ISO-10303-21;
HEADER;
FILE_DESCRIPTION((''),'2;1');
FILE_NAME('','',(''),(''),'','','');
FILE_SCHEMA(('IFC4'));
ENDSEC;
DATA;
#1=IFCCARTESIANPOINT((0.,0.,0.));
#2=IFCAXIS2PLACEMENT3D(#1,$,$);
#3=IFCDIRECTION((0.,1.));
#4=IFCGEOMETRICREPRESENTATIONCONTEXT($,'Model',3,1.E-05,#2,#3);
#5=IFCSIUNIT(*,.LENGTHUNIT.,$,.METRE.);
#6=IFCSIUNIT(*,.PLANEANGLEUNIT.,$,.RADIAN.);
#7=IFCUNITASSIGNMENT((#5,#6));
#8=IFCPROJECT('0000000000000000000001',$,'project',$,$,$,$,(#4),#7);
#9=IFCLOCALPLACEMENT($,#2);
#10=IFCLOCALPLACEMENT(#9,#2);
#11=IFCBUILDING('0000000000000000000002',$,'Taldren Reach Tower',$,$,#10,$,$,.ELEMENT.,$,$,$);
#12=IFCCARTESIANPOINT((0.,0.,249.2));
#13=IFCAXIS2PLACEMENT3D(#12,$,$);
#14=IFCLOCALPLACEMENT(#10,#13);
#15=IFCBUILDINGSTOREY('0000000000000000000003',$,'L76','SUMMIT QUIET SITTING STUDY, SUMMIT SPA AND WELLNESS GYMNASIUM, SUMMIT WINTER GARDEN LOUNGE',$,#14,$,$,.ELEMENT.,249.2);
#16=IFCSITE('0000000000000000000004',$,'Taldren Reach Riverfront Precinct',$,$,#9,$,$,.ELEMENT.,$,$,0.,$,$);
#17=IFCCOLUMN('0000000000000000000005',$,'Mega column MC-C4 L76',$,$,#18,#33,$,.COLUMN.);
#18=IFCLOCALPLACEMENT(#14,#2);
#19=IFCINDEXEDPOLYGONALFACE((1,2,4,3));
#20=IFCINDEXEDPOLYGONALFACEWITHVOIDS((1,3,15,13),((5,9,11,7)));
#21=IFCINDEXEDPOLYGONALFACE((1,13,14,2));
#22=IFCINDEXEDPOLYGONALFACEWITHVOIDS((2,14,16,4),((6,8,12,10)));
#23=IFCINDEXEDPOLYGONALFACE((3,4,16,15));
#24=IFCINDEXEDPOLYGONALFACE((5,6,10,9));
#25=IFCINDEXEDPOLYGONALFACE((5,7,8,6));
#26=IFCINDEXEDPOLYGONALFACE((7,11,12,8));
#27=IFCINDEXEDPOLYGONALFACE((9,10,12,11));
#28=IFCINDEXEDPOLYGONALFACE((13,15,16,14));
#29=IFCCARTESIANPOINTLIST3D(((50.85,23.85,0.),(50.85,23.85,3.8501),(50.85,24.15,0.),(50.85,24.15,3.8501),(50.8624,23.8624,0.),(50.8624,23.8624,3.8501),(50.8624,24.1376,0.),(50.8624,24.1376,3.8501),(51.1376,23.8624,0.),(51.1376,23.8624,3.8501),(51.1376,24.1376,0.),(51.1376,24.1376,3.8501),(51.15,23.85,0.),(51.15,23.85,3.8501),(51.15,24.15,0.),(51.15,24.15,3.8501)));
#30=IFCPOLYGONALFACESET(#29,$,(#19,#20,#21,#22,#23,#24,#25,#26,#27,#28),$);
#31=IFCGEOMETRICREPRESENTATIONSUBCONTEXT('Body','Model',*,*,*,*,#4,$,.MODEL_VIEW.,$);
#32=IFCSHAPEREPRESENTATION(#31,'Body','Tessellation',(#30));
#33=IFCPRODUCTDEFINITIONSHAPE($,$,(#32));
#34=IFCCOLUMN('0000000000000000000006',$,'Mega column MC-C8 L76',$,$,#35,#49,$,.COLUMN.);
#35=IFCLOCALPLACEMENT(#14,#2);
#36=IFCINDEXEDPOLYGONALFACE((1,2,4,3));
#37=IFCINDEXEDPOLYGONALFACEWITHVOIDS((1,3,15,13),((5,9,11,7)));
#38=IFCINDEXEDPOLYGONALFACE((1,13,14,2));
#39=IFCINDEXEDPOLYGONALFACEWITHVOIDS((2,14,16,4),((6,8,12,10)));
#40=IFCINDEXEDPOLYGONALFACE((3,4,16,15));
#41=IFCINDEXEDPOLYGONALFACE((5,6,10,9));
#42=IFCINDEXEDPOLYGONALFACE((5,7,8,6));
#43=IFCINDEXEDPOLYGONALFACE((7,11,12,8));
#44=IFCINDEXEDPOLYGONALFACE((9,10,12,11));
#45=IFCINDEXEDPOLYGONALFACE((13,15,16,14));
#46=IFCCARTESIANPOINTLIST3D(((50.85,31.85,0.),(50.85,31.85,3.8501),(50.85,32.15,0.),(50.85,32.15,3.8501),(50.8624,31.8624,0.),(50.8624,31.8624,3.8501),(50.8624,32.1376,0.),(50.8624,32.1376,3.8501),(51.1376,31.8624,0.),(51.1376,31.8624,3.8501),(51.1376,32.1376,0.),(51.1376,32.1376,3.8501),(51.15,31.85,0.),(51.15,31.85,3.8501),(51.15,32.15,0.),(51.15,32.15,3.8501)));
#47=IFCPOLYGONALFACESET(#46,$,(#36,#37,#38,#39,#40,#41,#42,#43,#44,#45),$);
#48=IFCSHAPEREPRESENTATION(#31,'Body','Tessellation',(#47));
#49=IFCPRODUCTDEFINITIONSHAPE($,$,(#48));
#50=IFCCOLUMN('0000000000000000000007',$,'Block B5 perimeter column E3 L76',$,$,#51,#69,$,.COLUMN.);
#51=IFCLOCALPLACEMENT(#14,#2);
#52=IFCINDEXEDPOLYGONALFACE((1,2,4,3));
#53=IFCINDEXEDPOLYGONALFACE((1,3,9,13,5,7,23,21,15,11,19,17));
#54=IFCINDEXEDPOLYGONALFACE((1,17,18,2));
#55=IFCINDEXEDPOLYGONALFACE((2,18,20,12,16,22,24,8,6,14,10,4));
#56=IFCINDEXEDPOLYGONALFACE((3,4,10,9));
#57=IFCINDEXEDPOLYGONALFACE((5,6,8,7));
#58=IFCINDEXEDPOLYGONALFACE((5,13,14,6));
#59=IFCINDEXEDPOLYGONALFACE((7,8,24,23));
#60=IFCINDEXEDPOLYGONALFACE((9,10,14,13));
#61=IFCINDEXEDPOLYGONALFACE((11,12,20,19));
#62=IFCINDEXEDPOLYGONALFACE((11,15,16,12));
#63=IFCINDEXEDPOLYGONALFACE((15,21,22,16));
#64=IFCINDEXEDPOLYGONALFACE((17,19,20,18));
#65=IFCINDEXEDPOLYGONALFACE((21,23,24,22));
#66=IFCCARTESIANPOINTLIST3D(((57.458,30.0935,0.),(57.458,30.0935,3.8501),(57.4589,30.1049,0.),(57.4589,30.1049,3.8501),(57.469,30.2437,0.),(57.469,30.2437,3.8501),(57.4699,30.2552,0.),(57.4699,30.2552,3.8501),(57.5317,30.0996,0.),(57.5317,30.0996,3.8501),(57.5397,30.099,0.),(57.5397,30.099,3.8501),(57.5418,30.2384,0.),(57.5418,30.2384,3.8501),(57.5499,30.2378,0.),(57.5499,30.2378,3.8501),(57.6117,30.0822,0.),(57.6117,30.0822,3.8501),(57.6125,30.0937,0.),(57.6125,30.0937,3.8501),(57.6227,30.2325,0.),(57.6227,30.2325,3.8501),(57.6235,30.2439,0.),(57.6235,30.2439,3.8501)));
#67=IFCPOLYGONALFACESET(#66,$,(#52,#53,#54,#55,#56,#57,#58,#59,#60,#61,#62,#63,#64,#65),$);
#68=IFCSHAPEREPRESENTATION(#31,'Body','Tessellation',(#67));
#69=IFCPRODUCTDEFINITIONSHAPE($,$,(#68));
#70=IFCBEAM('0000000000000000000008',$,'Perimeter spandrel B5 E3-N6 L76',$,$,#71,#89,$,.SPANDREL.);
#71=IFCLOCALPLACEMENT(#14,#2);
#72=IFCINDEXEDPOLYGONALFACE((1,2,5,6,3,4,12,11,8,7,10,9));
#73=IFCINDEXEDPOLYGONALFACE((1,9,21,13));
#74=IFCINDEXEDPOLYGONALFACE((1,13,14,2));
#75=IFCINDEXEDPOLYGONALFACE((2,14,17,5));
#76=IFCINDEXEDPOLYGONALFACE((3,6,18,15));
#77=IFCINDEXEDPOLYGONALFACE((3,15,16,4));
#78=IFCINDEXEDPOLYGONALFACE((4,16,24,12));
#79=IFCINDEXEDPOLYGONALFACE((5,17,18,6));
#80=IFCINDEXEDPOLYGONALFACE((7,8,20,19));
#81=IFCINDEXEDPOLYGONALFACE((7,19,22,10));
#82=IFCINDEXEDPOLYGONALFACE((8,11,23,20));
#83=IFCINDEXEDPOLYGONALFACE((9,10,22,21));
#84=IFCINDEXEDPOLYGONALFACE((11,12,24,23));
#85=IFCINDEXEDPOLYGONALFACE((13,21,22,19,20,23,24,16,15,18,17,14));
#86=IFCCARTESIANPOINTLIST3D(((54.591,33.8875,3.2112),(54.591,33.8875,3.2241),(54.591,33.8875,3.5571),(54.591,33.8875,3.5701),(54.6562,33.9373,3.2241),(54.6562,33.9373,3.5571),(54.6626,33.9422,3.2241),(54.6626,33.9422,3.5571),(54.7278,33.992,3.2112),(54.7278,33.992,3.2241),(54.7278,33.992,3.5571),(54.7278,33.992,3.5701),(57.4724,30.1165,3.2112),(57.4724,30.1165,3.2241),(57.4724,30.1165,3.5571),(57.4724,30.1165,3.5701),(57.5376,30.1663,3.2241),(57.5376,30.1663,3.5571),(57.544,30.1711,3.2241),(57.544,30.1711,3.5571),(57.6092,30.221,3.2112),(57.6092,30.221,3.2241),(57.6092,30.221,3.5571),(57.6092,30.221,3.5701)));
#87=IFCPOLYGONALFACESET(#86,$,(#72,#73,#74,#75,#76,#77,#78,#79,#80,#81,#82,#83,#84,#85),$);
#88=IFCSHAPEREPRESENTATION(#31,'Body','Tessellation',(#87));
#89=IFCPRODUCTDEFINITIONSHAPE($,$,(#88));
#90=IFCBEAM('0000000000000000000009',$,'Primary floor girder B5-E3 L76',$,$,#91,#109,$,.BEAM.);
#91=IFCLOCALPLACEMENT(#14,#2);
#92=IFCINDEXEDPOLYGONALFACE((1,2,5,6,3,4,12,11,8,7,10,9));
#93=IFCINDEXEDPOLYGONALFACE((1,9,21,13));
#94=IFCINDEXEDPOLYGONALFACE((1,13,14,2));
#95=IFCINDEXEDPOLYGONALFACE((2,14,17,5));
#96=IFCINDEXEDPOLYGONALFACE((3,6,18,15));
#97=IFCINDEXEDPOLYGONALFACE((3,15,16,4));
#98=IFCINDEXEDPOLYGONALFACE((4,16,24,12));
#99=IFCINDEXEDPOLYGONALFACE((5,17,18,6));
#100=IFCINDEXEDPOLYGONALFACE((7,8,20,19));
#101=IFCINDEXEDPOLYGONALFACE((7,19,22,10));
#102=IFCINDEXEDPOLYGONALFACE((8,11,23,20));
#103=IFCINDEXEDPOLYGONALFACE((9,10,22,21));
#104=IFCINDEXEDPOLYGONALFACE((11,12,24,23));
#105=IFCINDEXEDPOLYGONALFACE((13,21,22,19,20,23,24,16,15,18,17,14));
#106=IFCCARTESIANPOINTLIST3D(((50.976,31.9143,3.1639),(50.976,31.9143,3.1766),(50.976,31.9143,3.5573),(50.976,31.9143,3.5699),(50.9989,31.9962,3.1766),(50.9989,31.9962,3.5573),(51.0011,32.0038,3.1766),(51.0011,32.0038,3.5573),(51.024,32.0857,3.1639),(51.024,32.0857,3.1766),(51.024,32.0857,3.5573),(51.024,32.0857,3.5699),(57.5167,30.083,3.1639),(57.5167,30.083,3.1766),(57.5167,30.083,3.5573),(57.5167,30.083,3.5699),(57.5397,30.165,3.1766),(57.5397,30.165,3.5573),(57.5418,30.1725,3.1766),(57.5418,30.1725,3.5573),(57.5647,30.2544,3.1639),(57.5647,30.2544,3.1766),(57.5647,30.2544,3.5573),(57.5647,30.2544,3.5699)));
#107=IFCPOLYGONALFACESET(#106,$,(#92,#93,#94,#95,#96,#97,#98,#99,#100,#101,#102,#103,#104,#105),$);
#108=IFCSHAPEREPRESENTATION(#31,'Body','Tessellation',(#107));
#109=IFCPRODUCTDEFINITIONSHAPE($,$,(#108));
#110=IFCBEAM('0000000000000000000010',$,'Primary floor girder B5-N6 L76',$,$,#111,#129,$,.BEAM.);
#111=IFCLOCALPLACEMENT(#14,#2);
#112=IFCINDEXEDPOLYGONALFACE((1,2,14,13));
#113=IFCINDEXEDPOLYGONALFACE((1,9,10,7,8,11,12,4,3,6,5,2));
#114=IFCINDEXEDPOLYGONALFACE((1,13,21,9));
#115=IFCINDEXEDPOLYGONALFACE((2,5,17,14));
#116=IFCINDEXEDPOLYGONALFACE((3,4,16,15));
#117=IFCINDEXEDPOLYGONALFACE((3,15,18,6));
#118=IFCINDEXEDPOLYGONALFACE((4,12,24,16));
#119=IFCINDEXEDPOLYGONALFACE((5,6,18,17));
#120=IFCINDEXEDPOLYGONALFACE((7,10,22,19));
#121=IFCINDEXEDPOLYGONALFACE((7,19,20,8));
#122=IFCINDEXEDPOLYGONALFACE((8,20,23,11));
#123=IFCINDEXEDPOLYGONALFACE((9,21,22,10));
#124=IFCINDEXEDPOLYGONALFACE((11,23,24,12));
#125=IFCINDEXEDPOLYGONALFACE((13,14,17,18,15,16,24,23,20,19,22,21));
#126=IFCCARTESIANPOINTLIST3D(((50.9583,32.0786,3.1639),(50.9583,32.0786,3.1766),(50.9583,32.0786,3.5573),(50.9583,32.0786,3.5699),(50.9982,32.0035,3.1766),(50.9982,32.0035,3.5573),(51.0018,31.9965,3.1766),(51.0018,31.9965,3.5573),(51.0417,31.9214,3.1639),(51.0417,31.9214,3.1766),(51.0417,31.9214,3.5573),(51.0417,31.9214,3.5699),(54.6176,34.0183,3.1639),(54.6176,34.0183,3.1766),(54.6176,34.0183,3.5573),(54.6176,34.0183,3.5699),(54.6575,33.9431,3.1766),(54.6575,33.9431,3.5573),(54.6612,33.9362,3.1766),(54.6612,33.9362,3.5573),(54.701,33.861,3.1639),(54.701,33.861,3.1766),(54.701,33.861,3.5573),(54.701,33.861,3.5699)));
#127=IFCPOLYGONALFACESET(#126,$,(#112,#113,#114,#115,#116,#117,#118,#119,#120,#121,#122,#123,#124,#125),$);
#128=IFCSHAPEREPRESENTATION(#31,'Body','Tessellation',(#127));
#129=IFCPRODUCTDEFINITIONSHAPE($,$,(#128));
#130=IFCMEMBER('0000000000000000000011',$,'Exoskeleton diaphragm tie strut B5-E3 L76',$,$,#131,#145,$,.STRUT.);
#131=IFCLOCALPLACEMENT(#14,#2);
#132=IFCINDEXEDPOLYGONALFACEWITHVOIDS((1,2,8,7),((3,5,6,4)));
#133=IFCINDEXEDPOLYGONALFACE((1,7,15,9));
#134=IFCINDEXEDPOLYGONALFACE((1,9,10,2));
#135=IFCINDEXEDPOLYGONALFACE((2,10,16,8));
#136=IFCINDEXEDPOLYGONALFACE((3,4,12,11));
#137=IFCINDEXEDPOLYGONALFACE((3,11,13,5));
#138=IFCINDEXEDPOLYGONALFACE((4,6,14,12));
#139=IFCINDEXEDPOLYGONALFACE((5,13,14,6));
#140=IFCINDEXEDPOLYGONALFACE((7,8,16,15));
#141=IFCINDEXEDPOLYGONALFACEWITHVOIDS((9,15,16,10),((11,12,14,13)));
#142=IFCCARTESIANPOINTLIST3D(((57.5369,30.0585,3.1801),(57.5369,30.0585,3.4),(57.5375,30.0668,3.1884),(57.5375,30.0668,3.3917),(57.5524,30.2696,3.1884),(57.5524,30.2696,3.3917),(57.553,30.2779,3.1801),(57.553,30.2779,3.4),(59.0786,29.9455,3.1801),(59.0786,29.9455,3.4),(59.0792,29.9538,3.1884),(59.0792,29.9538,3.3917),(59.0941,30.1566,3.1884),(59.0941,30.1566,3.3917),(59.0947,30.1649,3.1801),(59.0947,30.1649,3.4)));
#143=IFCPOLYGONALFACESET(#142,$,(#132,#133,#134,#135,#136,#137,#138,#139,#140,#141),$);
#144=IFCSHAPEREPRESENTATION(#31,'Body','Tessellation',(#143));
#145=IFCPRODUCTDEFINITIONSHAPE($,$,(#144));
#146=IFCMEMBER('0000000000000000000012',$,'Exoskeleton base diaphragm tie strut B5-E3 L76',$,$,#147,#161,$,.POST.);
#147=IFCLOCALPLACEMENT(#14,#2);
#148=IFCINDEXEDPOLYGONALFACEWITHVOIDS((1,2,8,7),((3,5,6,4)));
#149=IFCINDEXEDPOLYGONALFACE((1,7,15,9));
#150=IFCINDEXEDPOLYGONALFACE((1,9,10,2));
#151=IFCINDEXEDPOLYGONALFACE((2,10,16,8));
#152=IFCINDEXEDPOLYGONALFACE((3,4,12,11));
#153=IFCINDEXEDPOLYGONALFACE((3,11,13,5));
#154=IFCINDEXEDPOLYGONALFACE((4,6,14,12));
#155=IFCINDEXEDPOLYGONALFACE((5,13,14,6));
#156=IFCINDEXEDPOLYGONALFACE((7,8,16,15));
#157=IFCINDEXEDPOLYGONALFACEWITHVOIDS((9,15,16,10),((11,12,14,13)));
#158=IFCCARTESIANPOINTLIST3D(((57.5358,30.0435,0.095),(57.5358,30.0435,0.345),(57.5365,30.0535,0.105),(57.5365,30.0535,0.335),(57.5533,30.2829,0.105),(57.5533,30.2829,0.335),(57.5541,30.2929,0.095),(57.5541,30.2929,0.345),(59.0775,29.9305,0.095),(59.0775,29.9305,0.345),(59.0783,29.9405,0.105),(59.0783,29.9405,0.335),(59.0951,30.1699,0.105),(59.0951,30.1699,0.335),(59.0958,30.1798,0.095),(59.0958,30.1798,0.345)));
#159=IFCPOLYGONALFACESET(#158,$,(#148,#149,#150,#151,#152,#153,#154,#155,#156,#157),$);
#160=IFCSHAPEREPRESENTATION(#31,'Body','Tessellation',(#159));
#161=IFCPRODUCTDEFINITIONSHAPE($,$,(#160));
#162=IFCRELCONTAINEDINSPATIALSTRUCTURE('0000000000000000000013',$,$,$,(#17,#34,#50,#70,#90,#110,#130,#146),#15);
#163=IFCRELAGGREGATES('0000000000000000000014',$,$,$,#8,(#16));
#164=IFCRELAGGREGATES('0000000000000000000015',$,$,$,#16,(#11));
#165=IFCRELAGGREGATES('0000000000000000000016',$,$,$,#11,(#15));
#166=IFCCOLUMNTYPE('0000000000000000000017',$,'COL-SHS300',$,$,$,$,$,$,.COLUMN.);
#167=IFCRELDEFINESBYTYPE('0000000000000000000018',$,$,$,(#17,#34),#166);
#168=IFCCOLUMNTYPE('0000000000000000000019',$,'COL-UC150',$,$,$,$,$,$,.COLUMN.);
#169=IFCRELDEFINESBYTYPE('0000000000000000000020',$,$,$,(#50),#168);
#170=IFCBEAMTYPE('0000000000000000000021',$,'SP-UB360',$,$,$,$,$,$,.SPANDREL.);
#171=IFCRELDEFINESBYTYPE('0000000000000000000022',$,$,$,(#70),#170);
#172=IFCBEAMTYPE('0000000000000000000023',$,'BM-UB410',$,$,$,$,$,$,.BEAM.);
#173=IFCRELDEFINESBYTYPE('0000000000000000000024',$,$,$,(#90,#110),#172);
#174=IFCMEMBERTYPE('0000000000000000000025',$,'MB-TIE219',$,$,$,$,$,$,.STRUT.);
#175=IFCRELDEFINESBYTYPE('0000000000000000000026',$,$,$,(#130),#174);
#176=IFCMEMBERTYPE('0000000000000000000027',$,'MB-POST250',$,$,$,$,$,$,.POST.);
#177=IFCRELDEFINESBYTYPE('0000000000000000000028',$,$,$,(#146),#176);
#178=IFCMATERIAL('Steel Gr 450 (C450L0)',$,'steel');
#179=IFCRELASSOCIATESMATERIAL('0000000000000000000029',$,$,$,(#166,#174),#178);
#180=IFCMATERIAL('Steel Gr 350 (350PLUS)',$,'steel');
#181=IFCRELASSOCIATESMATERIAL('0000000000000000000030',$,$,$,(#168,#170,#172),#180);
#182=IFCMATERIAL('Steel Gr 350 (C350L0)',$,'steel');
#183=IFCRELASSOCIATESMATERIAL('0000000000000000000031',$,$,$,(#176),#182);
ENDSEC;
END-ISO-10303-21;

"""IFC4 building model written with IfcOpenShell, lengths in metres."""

from ifc_helpers import new_model, si_unit, direction, frame, origin, origin_2d, place, context, subcontext, project, spatial, hollow_rectangle, i_section, extrude, source, transform, mapped, material, material_profile, profile_set, type_object, element, save


model = new_model("IFC4")

# Units and contexts
model_context = context("Model", 3, precision=1e-05, world=origin(), true_north=direction((0.0, 1.0)))
body_context = subcontext(model_context, "Body", "Model", "MODEL_VIEW")
ifc_project = project(units=[si_unit("LENGTHUNIT", "METRE"), si_unit("PLANEANGLEUNIT", "RADIAN")], contexts=[model_context])

# Site, building, storey
site_placement = place(None, origin())
site = spatial("IfcSite", under=ifc_project, at=site_placement, Name="Taldren Reach Riverfront Precinct", CompositionType="ELEMENT", RefElevation=0.0)
building_placement = place(site_placement, origin())
building = spatial("IfcBuilding", under=site, at=building_placement, Name="Taldren Reach Tower", CompositionType="ELEMENT")
storey_placement = place(building_placement, frame((0.0, 0.0, 249.2)))
storey = spatial("IfcBuildingStorey", under=building, at=storey_placement, Name="L76", Description="SUMMIT QUIET SITTING STUDY, SUMMIT SPA AND WELLNESS GYMNASIUM, SUMMIT WINTER GARDEN LOUNGE", CompositionType="ELEMENT", Elevation=249.2)

# Columns
ifc_material_1 = material(Name="Steel Gr 450 (C450L0)", Category="steel")
ifc_material_profile_1 = material_profile(ifc_material_1, hollow_rectangle(XDim=0.3, YDim=0.3, WallThickness=0.0125, at=origin_2d()), Name="300x300x12.5SHS")
ifc_profile_set_1 = profile_set([ifc_material_profile_1], Name="Steel Gr 450 (C450L0)")
column_type_1 = type_object("IfcColumnType", Name="COL-SHS300", PredefinedType="COLUMN", material=ifc_profile_set_1)
shared_shape_1 = source(origin(), body_context, "Body", "SweptSolid", [
    extrude(hollow_rectangle(XDim=0.3, YDim=0.3, WallThickness=0.0125, at=origin_2d()), origin(), (0.0, 0.0, 1.0), 3.8501),
])
for number, where, z_axis, x_axis, name in (
    (1, (51.0, 24.0, 0.0), (0.0, 0.0, 1.0), (1.0, 0.0, 0.0), "Mega column MC-C4 L76"),
    (2, (51.0, 32.0, 0.0), (0.0, 0.0, 1.0), (1.0, 0.0, 0.0), "Mega column MC-C8 L76"),
):
    element("IfcColumn", number, at=place(storey_placement, frame(where, z_axis=z_axis, x_axis=x_axis)), inside=storey, type_object=column_type_1, Name=name, PredefinedType="COLUMN", context=body_context, shape_type="MappedRepresentation", body=[
        mapped(shared_shape_1, transform((0.0, 0.0, 0.0), scale=1.0)),
    ])
ifc_material_2 = material(Name="Steel Gr 350 (350PLUS)", Category="steel")
ifc_material_profile_2 = material_profile(ifc_material_2, i_section(OverallWidth=0.1541, OverallDepth=0.1621, WebThickness=0.0081, FlangeThickness=0.0115, at=origin_2d()), Name="150UC37.2")
ifc_profile_set_2 = profile_set([ifc_material_profile_2], Name="Steel Gr 350 (350PLUS)")
column_type_2 = type_object("IfcColumnType", Name="COL-UC150", PredefinedType="COLUMN", material=ifc_profile_set_2)
shared_shape_2 = source(origin(), body_context, "Body", "SweptSolid", [
    extrude(i_section(OverallWidth=0.1541, OverallDepth=0.1621, WebThickness=0.0081, FlangeThickness=0.0115, at=origin_2d()), origin(), (0.0, 0.0, 1.0), 3.8501),
])
column_placement = place(storey_placement, frame((57.5408, 30.1687, 0.0), z_axis=(0.0, 0.0, 1.0), x_axis=(0.997314, -0.073238, 0.0)))
element("IfcColumn", 3, at=column_placement, inside=storey, type_object=column_type_2, Name="Block B5 perimeter column E3 L76", PredefinedType="COLUMN", context=body_context, shape_type="MappedRepresentation", body=[
    mapped(shared_shape_2, transform((0.0, 0.0, 0.0), scale=1.0)),
])

# Beams
ifc_material_profile_3 = material_profile(ifc_material_2, i_section(OverallWidth=0.1721, OverallDepth=0.3589, WebThickness=0.0081, FlangeThickness=0.0129, at=origin_2d()), Name="360UB56.7")
ifc_profile_set_3 = profile_set([ifc_material_profile_3], Name="Steel Gr 350 (350PLUS)")
beam_type_1 = type_object("IfcBeamType", Name="SP-UB360", PredefinedType="SPANDREL", material=ifc_profile_set_3)
shared_shape_3 = source(origin(), body_context, "Body", "SweptSolid", [
    extrude(i_section(OverallWidth=0.1721, OverallDepth=0.3589, WebThickness=0.0081, FlangeThickness=0.0129, at=origin_2d()), origin(), (0.0, 0.0, 1.0), 4.7458),
])
beam_1_placement = place(storey_placement, frame((57.5408, 30.1687, 3.3906), z_axis=(-0.607137, 0.794597, 0.0), x_axis=(-0.794597, -0.607137, 0.0)))
element("IfcBeam", 4, at=beam_1_placement, inside=storey, type_object=beam_type_1, Name="Perimeter spandrel B5 E3-N6 L76", PredefinedType="SPANDREL", context=body_context, shape_type="MappedRepresentation", body=[
    mapped(shared_shape_3, transform((0.0, 0.0, 0.0), scale=1.0)),
])
ifc_material_profile_4 = material_profile(ifc_material_2, i_section(OverallWidth=0.178, OverallDepth=0.406, WebThickness=0.0078, FlangeThickness=0.0127, at=origin_2d()), Name="410UB59.7")
ifc_profile_set_4 = profile_set([ifc_material_profile_4], Name="Steel Gr 350 (350PLUS)")
beam_type_2 = type_object("IfcBeamType", Name="BM-UB410", PredefinedType="BEAM", material=ifc_profile_set_4)
shared_shape_4 = source(origin(), body_context, "Body", "SweptSolid", [
    extrude(i_section(OverallWidth=0.178, OverallDepth=0.406, WebThickness=0.0078, FlangeThickness=0.0127, at=origin_2d()), origin(), (0.0, 0.0, 1.0), 6.7922),
])
beam_2_placement = place(storey_placement, frame((51.0, 32.0, 3.3669), z_axis=(0.962968, -0.269614, 0.0), x_axis=(0.269614, 0.962968, 0.0)))
element("IfcBeam", 5, at=beam_2_placement, inside=storey, type_object=beam_type_2, Name="Primary floor girder B5-E3 L76", PredefinedType="BEAM", context=body_context, shape_type="MappedRepresentation", body=[
    mapped(shared_shape_4, transform((0.0, 0.0, 0.0), scale=1.0)),
])
shared_shape_5 = source(origin(), body_context, "Body", "SweptSolid", [
    extrude(i_section(OverallWidth=0.178, OverallDepth=0.406, WebThickness=0.0078, FlangeThickness=0.0127, at=origin_2d()), origin(), (0.0, 0.0, 1.0), 4.1416),
])
beam_3_placement = place(storey_placement, frame((51.0, 32.0, 3.3669), z_axis=(0.883553, 0.468332, 0.0), x_axis=(-0.468332, 0.883553, 0.0)))
element("IfcBeam", 6, at=beam_3_placement, inside=storey, type_object=beam_type_2, Name="Primary floor girder B5-N6 L76", PredefinedType="BEAM", context=body_context, shape_type="MappedRepresentation", body=[
    mapped(shared_shape_5, transform((0.0, 0.0, 0.0), scale=1.0)),
])

# Members
ifc_material_profile_5 = material_profile(ifc_material_1, hollow_rectangle(XDim=0.22, YDim=0.22, WallThickness=0.0083, at=origin_2d()), Name="220x220x8.2SHS")
ifc_profile_set_5 = profile_set([ifc_material_profile_5], Name="Steel Gr 450 (C450L0)")
member_type_1 = type_object("IfcMemberType", Name="MB-TIE219", PredefinedType="STRUT", material=ifc_profile_set_5)
shared_shape_6 = source(origin(), body_context, "Body", "SweptSolid", [
    extrude(hollow_rectangle(XDim=0.22, YDim=0.22, WallThickness=0.0083, at=origin_2d()), origin(), (0.0, 0.0, 1.0), 1.5459),
])
member_1_placement = place(storey_placement, frame((57.5449, 30.1682, 3.29), z_axis=(0.997323, -0.073121, 0.0), x_axis=(0.073121, 0.997323, 0.0)))
element("IfcMember", 7, at=member_1_placement, inside=storey, type_object=member_type_1, Name="Exoskeleton diaphragm tie strut B5-E3 L76", PredefinedType="STRUT", context=body_context, shape_type="MappedRepresentation", body=[
    mapped(shared_shape_6, transform((0.0, 0.0, 0.0), scale=1.0)),
])
ifc_material_3 = material(Name="Steel Gr 350 (C350L0)", Category="steel")
ifc_material_profile_6 = material_profile(ifc_material_3, hollow_rectangle(XDim=0.25, YDim=0.25, WallThickness=0.01, at=origin_2d()), Name="250x250x10.0SHS")
ifc_profile_set_6 = profile_set([ifc_material_profile_6], Name="Steel Gr 350 (C350L0)")
member_type_2 = type_object("IfcMemberType", Name="MB-POST250", PredefinedType="POST", material=ifc_profile_set_6)
shared_shape_7 = source(origin(), body_context, "Body", "SweptSolid", [
    extrude(hollow_rectangle(XDim=0.25, YDim=0.25, WallThickness=0.01, at=origin_2d()), origin(), (0.0, 0.0, 1.0), 1.5459),
])
for number, where, z_axis, x_axis, name in (
    (8, (57.5449, 30.1682, 0.22), (0.997323, -0.073121, 0.0), (0.073121, 0.997323, 0.0), "Exoskeleton base diaphragm tie strut B5-E3 L76"),
):
    element("IfcMember", number, at=place(storey_placement, frame(where, z_axis=z_axis, x_axis=x_axis)), inside=storey, type_object=member_type_2, Name=name, PredefinedType="POST", context=body_context, shape_type="MappedRepresentation", body=[
        mapped(shared_shape_7, transform((0.0, 0.0, 0.0), scale=1.0)),
    ])

save(model, "model.ifc")
